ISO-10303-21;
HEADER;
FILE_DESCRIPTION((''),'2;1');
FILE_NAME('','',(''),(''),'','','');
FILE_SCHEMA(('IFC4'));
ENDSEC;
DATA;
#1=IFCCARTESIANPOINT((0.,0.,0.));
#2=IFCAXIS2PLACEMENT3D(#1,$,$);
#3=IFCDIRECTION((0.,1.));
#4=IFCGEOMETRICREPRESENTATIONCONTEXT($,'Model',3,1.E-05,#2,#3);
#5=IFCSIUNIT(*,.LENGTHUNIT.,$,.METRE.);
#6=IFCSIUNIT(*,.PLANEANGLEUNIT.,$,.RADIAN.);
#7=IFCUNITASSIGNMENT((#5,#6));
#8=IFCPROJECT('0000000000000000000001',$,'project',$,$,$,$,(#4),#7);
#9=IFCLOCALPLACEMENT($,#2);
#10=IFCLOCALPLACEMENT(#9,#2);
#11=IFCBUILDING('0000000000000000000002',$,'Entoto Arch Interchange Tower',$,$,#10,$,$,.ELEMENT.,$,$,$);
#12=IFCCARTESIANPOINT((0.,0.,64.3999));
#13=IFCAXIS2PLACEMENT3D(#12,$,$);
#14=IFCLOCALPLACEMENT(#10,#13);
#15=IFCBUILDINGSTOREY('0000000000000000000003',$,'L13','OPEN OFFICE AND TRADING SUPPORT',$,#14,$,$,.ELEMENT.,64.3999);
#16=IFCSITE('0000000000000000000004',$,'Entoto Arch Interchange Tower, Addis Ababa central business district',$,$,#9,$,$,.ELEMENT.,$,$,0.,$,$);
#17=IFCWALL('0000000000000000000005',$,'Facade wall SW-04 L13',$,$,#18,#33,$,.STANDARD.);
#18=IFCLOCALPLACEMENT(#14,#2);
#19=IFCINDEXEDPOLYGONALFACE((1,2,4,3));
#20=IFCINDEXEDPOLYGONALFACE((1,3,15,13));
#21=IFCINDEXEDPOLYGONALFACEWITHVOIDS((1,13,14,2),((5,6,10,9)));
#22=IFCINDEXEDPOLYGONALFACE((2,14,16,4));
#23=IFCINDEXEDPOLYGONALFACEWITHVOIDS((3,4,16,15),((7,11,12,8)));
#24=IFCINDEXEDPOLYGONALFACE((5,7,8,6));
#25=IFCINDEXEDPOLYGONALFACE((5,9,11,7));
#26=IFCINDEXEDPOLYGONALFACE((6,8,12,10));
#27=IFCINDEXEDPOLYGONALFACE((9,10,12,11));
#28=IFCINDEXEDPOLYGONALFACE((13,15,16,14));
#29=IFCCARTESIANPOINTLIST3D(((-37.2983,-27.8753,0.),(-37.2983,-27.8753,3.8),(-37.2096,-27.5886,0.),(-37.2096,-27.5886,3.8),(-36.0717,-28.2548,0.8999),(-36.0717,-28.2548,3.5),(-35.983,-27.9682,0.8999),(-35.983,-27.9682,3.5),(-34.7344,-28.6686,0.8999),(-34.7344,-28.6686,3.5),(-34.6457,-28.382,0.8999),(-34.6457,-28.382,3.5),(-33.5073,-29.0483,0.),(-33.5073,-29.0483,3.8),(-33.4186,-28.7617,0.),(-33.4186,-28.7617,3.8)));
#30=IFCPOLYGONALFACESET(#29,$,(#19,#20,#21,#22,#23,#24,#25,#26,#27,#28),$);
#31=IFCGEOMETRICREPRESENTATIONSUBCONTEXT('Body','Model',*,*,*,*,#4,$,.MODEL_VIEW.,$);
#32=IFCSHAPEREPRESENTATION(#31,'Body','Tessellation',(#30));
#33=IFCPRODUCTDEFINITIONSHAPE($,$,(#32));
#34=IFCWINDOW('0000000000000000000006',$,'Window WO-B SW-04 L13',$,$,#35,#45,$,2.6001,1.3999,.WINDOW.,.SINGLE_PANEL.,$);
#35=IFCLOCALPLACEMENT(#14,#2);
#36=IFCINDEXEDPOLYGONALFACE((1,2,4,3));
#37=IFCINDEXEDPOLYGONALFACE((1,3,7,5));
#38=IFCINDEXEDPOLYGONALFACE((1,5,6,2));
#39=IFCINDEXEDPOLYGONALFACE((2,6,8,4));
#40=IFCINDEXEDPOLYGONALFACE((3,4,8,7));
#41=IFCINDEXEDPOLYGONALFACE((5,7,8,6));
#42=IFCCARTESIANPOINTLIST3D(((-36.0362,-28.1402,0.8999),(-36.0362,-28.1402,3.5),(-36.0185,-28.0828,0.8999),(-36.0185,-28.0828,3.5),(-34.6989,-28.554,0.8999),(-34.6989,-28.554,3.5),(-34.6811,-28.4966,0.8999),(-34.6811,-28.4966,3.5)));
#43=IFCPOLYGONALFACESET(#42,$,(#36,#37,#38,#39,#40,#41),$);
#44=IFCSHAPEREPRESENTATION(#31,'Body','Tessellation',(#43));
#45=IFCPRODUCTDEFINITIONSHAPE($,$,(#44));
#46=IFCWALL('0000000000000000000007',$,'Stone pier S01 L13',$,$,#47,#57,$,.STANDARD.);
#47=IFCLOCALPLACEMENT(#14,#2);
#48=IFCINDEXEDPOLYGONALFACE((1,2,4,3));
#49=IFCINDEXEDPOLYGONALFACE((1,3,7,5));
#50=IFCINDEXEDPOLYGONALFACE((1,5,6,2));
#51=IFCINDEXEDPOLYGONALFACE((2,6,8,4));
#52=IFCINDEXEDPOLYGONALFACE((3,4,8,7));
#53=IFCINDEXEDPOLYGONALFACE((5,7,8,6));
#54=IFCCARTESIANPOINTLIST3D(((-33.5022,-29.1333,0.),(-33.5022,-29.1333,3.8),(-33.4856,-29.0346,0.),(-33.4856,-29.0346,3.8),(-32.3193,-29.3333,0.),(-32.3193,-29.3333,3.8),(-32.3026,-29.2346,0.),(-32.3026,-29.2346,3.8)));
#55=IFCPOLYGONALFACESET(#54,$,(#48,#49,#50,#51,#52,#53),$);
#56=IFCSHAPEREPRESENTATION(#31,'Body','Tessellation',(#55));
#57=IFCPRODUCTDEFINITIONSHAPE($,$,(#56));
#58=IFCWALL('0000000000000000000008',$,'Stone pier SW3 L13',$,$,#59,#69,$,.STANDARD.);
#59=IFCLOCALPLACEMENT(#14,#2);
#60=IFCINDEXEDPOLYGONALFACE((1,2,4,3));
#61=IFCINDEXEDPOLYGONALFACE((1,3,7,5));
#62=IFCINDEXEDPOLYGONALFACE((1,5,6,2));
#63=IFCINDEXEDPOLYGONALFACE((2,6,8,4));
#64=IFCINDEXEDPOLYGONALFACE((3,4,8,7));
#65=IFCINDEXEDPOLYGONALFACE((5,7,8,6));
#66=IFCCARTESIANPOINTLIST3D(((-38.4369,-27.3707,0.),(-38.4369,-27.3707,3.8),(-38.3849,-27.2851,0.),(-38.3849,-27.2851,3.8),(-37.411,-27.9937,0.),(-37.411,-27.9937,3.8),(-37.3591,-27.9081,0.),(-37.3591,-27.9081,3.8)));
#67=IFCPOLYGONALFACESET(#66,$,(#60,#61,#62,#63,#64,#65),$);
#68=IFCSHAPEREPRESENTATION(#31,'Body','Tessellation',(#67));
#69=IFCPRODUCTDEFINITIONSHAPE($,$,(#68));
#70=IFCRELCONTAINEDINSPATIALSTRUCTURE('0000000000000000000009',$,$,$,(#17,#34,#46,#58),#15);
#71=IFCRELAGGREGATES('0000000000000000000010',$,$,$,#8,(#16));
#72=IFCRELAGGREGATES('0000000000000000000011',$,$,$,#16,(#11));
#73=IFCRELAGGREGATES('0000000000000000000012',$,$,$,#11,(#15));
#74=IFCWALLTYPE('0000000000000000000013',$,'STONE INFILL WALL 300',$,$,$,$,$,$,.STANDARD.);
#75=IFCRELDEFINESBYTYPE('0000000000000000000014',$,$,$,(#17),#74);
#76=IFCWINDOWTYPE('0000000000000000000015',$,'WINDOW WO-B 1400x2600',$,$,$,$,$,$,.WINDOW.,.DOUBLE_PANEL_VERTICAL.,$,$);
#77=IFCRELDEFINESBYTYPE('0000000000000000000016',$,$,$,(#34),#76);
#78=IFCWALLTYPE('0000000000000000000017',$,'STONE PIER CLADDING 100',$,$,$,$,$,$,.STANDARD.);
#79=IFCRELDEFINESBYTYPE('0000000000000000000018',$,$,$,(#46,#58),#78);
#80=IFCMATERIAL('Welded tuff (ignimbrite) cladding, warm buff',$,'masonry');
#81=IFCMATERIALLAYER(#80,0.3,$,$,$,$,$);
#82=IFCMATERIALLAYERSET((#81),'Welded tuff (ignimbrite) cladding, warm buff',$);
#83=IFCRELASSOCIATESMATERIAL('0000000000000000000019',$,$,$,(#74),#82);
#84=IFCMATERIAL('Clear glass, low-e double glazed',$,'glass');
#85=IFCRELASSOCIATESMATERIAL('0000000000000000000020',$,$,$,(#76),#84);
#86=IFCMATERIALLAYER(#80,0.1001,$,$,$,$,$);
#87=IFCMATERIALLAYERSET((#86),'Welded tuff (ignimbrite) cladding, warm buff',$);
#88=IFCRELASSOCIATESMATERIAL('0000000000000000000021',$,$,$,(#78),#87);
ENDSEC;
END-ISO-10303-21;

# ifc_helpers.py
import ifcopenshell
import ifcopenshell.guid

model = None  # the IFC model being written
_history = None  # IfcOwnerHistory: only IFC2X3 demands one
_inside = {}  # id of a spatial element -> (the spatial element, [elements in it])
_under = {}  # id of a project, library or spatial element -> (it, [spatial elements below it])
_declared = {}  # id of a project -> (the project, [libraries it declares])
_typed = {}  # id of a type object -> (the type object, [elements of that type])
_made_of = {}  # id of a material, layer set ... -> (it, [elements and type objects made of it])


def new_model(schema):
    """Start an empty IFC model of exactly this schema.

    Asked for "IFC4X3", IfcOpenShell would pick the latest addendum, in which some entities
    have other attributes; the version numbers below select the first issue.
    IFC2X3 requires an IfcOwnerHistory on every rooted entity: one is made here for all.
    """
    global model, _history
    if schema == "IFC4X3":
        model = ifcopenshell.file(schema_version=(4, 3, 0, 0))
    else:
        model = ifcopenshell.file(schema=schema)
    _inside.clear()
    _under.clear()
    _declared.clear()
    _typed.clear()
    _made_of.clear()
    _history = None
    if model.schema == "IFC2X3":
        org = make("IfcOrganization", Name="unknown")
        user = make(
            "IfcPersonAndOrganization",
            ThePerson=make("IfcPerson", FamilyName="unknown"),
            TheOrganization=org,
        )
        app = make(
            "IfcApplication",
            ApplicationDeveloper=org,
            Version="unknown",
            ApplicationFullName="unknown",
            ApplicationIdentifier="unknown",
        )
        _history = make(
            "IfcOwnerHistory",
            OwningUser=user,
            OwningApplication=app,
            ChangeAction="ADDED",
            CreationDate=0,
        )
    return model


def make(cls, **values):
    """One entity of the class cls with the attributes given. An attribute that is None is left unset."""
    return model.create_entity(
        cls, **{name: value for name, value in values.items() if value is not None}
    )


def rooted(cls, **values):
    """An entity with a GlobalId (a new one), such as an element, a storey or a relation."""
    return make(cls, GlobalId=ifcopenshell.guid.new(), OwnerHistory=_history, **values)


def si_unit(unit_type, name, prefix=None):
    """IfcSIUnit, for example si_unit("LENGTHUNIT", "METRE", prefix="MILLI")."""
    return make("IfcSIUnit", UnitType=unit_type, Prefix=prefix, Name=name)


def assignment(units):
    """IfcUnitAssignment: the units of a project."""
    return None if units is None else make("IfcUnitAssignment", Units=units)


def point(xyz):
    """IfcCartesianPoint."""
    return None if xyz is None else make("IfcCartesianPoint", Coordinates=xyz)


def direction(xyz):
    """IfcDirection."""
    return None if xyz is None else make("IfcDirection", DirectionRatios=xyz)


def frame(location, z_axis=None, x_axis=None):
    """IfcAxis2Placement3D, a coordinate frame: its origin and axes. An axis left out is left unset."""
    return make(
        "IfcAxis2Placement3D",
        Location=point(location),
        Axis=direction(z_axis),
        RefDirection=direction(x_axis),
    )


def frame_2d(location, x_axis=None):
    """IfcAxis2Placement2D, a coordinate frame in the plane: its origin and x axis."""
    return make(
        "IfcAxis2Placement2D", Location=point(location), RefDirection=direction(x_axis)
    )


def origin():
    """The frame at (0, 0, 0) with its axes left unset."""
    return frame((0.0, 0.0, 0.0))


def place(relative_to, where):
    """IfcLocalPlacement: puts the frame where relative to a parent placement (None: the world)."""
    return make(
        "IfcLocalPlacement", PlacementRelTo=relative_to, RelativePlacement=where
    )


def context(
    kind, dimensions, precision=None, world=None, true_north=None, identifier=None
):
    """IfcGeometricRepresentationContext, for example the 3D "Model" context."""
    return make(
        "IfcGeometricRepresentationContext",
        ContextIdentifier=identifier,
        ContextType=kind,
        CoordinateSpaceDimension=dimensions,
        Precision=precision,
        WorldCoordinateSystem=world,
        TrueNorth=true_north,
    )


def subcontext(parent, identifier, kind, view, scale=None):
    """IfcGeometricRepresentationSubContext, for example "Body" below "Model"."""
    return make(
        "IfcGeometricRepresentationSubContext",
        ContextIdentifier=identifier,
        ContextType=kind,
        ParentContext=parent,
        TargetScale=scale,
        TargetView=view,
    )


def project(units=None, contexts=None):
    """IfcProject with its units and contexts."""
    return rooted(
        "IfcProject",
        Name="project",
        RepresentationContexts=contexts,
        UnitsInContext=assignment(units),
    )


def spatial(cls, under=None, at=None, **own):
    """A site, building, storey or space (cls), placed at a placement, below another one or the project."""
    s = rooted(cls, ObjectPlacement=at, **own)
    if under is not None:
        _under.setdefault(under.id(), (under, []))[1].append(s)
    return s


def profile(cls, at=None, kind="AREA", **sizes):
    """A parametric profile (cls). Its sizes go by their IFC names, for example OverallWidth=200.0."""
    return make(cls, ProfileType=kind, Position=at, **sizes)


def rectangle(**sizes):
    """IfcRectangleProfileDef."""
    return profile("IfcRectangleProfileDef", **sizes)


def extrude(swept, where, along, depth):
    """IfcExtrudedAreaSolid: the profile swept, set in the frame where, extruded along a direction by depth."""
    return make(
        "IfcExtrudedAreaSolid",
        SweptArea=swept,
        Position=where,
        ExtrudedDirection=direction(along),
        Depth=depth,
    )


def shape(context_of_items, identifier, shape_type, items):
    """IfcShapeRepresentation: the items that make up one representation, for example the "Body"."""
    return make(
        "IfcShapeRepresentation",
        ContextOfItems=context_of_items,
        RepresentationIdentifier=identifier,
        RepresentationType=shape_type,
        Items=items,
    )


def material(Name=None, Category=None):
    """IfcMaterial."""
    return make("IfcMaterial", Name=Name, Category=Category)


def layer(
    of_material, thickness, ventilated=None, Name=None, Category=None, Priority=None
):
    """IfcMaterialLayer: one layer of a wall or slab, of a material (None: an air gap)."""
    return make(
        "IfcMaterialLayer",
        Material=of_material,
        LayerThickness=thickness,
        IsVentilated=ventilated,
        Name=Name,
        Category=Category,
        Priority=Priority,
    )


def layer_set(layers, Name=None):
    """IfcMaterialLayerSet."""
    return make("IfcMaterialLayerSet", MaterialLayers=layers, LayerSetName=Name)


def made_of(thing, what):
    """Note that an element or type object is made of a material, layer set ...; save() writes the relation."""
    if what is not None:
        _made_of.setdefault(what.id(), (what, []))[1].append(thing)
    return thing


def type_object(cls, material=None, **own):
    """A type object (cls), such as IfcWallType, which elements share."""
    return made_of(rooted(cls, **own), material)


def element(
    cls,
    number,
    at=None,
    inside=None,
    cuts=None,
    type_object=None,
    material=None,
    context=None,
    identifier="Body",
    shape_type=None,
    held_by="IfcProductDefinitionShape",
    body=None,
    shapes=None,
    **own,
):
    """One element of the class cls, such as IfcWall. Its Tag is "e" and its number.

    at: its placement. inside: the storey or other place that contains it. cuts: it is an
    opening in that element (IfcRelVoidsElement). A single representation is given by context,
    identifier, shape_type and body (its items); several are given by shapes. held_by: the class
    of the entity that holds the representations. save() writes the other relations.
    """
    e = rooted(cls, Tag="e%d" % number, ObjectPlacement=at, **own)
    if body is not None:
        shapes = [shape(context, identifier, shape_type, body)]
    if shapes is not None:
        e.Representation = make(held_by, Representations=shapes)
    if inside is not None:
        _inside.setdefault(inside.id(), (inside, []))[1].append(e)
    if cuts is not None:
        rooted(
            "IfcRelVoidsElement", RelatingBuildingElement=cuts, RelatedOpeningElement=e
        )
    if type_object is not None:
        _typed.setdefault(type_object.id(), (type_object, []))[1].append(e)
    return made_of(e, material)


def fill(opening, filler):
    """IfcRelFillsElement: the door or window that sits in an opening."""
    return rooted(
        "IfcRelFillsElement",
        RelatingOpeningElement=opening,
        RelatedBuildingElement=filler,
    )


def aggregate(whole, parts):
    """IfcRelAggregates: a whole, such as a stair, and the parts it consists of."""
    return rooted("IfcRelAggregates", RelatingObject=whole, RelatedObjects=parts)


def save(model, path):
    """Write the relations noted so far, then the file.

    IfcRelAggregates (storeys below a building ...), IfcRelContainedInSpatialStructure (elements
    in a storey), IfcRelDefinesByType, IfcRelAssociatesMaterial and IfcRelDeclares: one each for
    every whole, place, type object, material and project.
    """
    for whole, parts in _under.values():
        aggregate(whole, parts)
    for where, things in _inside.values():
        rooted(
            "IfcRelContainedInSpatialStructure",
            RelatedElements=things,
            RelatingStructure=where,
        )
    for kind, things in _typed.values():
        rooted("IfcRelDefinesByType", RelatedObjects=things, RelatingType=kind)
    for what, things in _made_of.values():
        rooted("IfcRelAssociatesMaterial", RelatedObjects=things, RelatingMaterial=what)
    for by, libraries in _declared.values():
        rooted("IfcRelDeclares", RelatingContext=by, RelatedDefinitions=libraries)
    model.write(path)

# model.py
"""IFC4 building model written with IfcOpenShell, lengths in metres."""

from ifc_helpers import new_model, si_unit, direction, frame, frame_2d, origin, place, context, subcontext, project, spatial, rectangle, extrude, material, layer, layer_set, type_object, element, fill, save


model = new_model("IFC4")

# Units and contexts
model_context = context("Model", 3, precision=1e-05, world=origin(), true_north=direction((0.0, 1.0)))
body_context = subcontext(model_context, "Body", "Model", "MODEL_VIEW")
ifc_project = project(units=[si_unit("LENGTHUNIT", "METRE"), si_unit("PLANEANGLEUNIT", "RADIAN")], contexts=[model_context])

# Site, building, storey
site_placement = place(None, origin())
site = spatial("IfcSite", under=ifc_project, at=site_placement, Name="Entoto Arch Interchange Tower, Addis Ababa central business district", CompositionType="ELEMENT", RefElevation=0.0)
building_placement = place(site_placement, origin())
building = spatial("IfcBuilding", under=site, at=building_placement, Name="Entoto Arch Interchange Tower", CompositionType="ELEMENT")
storey_placement = place(building_placement, frame((0.0, 0.0, 64.3999)))
storey = spatial("IfcBuildingStorey", under=building, at=storey_placement, Name="L13", Description="OPEN OFFICE AND TRADING SUPPORT", CompositionType="ELEMENT", Elevation=64.3999)

# Wall, opening, window
ifc_material_1 = material(Name="Welded tuff (ignimbrite) cladding, warm buff", Category="masonry")
ifc_layer_1 = layer(ifc_material_1, 0.3)
ifc_layer_set_1 = layer_set([ifc_layer_1], Name="Welded tuff (ignimbrite) cladding, warm buff")
wall_type_1 = type_object("IfcWallType", Name="STONE INFILL WALL 300", PredefinedType="STANDARD", material=ifc_layer_set_1)
ifc_material_2 = material(Name="Clear glass, low-e double glazed", Category="glass")
window_type = type_object("IfcWindowType", Name="WINDOW WO-B 1400x2600", PartitioningType="DOUBLE_PANEL_VERTICAL", PredefinedType="WINDOW", material=ifc_material_2)
wall_1_placement = place(storey_placement, frame((-37.2539, -27.7319, 0.0), z_axis=(0.0, 0.0, 1.0), x_axis=(0.955308, -0.295612, 0.0)))
wall_1 = element("IfcWall", 1, at=wall_1_placement, inside=storey, type_object=wall_type_1, Name="Facade wall SW-04 L13", PredefinedType="STANDARD", context=body_context, shape_type="SweptSolid", body=[
    extrude(rectangle(XDim=3.9683, YDim=0.3, at=frame_2d((1.9841, 0.0))), origin(), (0.0, 0.0, 1.0), 3.8),
])
opening_1_placement = place(wall_1_placement, frame((1.2839, 0.0, 0.8999)))
opening_1 = element("IfcOpeningElement", 2, at=opening_1_placement, cuts=wall_1, PredefinedType="OPENING", context=body_context, shape_type="SweptSolid", body=[
    extrude(rectangle(XDim=1.3999, YDim=2.6001, at=frame_2d((0.7, 1.3))), frame((0.0, 0.1602, 0.0), z_axis=(0.0, -1.0, 0.0), x_axis=(1.0, 0.0, 0.0)), (0.0, 0.0, 1.0), 0.3201),
])
window_1_placement = place(opening_1_placement, origin())
window_1 = element("IfcWindow", 3, at=window_1_placement, inside=storey, type_object=window_type, Name="Window WO-B SW-04 L13", OverallHeight=2.6001, OverallWidth=1.3999, PartitioningType="SINGLE_PANEL", PredefinedType="WINDOW", context=body_context, shape_type="SweptSolid", body=[
    extrude(rectangle(XDim=1.3999, YDim=2.6001, at=frame_2d((0.7, 1.3))), frame((0.0, 0.03, 0.0), z_axis=(0.0, -1.0, 0.0), x_axis=(1.0, 0.0, 0.0)), (0.0, 0.0, 1.0), 0.0601),
])
fill(opening_1, window_1)

# Walls
ifc_layer_2 = layer(ifc_material_1, 0.1001)
ifc_layer_set_2 = layer_set([ifc_layer_2], Name="Welded tuff (ignimbrite) cladding, warm buff")
wall_type_2 = type_object("IfcWallType", Name="STONE PIER CLADDING 100", PredefinedType="STANDARD", material=ifc_layer_set_2)
wall_2_placement = place(storey_placement, frame((-33.4939, -29.084, 0.0), z_axis=(0.0, 0.0, 1.0), x_axis=(0.986012, -0.166676, 0.0)))
element("IfcWall", 4, at=wall_2_placement, inside=storey, type_object=wall_type_2, Name="Stone pier S01 L13", PredefinedType="STANDARD", context=body_context, shape_type="SweptSolid", body=[
    extrude(rectangle(XDim=1.1997, YDim=0.1001, at=frame_2d((0.5999, 0.0))), origin(), (0.0, 0.0, 1.0), 3.8),
])
wall_3_placement = place(storey_placement, frame((-38.4109, -27.3279, 0.0), z_axis=(0.0, 0.0, 1.0), x_axis=(0.854717, -0.519095, 0.0)))
element("IfcWall", 5, at=wall_3_placement, inside=storey, type_object=wall_type_2, Name="Stone pier SW3 L13", PredefinedType="STANDARD", context=body_context, shape_type="SweptSolid", body=[
    extrude(rectangle(XDim=1.2002, YDim=0.1001, at=frame_2d((0.6001, 0.0))), origin(), (0.0, 0.0, 1.0), 3.8),
])

save(model, "model.ifc")
